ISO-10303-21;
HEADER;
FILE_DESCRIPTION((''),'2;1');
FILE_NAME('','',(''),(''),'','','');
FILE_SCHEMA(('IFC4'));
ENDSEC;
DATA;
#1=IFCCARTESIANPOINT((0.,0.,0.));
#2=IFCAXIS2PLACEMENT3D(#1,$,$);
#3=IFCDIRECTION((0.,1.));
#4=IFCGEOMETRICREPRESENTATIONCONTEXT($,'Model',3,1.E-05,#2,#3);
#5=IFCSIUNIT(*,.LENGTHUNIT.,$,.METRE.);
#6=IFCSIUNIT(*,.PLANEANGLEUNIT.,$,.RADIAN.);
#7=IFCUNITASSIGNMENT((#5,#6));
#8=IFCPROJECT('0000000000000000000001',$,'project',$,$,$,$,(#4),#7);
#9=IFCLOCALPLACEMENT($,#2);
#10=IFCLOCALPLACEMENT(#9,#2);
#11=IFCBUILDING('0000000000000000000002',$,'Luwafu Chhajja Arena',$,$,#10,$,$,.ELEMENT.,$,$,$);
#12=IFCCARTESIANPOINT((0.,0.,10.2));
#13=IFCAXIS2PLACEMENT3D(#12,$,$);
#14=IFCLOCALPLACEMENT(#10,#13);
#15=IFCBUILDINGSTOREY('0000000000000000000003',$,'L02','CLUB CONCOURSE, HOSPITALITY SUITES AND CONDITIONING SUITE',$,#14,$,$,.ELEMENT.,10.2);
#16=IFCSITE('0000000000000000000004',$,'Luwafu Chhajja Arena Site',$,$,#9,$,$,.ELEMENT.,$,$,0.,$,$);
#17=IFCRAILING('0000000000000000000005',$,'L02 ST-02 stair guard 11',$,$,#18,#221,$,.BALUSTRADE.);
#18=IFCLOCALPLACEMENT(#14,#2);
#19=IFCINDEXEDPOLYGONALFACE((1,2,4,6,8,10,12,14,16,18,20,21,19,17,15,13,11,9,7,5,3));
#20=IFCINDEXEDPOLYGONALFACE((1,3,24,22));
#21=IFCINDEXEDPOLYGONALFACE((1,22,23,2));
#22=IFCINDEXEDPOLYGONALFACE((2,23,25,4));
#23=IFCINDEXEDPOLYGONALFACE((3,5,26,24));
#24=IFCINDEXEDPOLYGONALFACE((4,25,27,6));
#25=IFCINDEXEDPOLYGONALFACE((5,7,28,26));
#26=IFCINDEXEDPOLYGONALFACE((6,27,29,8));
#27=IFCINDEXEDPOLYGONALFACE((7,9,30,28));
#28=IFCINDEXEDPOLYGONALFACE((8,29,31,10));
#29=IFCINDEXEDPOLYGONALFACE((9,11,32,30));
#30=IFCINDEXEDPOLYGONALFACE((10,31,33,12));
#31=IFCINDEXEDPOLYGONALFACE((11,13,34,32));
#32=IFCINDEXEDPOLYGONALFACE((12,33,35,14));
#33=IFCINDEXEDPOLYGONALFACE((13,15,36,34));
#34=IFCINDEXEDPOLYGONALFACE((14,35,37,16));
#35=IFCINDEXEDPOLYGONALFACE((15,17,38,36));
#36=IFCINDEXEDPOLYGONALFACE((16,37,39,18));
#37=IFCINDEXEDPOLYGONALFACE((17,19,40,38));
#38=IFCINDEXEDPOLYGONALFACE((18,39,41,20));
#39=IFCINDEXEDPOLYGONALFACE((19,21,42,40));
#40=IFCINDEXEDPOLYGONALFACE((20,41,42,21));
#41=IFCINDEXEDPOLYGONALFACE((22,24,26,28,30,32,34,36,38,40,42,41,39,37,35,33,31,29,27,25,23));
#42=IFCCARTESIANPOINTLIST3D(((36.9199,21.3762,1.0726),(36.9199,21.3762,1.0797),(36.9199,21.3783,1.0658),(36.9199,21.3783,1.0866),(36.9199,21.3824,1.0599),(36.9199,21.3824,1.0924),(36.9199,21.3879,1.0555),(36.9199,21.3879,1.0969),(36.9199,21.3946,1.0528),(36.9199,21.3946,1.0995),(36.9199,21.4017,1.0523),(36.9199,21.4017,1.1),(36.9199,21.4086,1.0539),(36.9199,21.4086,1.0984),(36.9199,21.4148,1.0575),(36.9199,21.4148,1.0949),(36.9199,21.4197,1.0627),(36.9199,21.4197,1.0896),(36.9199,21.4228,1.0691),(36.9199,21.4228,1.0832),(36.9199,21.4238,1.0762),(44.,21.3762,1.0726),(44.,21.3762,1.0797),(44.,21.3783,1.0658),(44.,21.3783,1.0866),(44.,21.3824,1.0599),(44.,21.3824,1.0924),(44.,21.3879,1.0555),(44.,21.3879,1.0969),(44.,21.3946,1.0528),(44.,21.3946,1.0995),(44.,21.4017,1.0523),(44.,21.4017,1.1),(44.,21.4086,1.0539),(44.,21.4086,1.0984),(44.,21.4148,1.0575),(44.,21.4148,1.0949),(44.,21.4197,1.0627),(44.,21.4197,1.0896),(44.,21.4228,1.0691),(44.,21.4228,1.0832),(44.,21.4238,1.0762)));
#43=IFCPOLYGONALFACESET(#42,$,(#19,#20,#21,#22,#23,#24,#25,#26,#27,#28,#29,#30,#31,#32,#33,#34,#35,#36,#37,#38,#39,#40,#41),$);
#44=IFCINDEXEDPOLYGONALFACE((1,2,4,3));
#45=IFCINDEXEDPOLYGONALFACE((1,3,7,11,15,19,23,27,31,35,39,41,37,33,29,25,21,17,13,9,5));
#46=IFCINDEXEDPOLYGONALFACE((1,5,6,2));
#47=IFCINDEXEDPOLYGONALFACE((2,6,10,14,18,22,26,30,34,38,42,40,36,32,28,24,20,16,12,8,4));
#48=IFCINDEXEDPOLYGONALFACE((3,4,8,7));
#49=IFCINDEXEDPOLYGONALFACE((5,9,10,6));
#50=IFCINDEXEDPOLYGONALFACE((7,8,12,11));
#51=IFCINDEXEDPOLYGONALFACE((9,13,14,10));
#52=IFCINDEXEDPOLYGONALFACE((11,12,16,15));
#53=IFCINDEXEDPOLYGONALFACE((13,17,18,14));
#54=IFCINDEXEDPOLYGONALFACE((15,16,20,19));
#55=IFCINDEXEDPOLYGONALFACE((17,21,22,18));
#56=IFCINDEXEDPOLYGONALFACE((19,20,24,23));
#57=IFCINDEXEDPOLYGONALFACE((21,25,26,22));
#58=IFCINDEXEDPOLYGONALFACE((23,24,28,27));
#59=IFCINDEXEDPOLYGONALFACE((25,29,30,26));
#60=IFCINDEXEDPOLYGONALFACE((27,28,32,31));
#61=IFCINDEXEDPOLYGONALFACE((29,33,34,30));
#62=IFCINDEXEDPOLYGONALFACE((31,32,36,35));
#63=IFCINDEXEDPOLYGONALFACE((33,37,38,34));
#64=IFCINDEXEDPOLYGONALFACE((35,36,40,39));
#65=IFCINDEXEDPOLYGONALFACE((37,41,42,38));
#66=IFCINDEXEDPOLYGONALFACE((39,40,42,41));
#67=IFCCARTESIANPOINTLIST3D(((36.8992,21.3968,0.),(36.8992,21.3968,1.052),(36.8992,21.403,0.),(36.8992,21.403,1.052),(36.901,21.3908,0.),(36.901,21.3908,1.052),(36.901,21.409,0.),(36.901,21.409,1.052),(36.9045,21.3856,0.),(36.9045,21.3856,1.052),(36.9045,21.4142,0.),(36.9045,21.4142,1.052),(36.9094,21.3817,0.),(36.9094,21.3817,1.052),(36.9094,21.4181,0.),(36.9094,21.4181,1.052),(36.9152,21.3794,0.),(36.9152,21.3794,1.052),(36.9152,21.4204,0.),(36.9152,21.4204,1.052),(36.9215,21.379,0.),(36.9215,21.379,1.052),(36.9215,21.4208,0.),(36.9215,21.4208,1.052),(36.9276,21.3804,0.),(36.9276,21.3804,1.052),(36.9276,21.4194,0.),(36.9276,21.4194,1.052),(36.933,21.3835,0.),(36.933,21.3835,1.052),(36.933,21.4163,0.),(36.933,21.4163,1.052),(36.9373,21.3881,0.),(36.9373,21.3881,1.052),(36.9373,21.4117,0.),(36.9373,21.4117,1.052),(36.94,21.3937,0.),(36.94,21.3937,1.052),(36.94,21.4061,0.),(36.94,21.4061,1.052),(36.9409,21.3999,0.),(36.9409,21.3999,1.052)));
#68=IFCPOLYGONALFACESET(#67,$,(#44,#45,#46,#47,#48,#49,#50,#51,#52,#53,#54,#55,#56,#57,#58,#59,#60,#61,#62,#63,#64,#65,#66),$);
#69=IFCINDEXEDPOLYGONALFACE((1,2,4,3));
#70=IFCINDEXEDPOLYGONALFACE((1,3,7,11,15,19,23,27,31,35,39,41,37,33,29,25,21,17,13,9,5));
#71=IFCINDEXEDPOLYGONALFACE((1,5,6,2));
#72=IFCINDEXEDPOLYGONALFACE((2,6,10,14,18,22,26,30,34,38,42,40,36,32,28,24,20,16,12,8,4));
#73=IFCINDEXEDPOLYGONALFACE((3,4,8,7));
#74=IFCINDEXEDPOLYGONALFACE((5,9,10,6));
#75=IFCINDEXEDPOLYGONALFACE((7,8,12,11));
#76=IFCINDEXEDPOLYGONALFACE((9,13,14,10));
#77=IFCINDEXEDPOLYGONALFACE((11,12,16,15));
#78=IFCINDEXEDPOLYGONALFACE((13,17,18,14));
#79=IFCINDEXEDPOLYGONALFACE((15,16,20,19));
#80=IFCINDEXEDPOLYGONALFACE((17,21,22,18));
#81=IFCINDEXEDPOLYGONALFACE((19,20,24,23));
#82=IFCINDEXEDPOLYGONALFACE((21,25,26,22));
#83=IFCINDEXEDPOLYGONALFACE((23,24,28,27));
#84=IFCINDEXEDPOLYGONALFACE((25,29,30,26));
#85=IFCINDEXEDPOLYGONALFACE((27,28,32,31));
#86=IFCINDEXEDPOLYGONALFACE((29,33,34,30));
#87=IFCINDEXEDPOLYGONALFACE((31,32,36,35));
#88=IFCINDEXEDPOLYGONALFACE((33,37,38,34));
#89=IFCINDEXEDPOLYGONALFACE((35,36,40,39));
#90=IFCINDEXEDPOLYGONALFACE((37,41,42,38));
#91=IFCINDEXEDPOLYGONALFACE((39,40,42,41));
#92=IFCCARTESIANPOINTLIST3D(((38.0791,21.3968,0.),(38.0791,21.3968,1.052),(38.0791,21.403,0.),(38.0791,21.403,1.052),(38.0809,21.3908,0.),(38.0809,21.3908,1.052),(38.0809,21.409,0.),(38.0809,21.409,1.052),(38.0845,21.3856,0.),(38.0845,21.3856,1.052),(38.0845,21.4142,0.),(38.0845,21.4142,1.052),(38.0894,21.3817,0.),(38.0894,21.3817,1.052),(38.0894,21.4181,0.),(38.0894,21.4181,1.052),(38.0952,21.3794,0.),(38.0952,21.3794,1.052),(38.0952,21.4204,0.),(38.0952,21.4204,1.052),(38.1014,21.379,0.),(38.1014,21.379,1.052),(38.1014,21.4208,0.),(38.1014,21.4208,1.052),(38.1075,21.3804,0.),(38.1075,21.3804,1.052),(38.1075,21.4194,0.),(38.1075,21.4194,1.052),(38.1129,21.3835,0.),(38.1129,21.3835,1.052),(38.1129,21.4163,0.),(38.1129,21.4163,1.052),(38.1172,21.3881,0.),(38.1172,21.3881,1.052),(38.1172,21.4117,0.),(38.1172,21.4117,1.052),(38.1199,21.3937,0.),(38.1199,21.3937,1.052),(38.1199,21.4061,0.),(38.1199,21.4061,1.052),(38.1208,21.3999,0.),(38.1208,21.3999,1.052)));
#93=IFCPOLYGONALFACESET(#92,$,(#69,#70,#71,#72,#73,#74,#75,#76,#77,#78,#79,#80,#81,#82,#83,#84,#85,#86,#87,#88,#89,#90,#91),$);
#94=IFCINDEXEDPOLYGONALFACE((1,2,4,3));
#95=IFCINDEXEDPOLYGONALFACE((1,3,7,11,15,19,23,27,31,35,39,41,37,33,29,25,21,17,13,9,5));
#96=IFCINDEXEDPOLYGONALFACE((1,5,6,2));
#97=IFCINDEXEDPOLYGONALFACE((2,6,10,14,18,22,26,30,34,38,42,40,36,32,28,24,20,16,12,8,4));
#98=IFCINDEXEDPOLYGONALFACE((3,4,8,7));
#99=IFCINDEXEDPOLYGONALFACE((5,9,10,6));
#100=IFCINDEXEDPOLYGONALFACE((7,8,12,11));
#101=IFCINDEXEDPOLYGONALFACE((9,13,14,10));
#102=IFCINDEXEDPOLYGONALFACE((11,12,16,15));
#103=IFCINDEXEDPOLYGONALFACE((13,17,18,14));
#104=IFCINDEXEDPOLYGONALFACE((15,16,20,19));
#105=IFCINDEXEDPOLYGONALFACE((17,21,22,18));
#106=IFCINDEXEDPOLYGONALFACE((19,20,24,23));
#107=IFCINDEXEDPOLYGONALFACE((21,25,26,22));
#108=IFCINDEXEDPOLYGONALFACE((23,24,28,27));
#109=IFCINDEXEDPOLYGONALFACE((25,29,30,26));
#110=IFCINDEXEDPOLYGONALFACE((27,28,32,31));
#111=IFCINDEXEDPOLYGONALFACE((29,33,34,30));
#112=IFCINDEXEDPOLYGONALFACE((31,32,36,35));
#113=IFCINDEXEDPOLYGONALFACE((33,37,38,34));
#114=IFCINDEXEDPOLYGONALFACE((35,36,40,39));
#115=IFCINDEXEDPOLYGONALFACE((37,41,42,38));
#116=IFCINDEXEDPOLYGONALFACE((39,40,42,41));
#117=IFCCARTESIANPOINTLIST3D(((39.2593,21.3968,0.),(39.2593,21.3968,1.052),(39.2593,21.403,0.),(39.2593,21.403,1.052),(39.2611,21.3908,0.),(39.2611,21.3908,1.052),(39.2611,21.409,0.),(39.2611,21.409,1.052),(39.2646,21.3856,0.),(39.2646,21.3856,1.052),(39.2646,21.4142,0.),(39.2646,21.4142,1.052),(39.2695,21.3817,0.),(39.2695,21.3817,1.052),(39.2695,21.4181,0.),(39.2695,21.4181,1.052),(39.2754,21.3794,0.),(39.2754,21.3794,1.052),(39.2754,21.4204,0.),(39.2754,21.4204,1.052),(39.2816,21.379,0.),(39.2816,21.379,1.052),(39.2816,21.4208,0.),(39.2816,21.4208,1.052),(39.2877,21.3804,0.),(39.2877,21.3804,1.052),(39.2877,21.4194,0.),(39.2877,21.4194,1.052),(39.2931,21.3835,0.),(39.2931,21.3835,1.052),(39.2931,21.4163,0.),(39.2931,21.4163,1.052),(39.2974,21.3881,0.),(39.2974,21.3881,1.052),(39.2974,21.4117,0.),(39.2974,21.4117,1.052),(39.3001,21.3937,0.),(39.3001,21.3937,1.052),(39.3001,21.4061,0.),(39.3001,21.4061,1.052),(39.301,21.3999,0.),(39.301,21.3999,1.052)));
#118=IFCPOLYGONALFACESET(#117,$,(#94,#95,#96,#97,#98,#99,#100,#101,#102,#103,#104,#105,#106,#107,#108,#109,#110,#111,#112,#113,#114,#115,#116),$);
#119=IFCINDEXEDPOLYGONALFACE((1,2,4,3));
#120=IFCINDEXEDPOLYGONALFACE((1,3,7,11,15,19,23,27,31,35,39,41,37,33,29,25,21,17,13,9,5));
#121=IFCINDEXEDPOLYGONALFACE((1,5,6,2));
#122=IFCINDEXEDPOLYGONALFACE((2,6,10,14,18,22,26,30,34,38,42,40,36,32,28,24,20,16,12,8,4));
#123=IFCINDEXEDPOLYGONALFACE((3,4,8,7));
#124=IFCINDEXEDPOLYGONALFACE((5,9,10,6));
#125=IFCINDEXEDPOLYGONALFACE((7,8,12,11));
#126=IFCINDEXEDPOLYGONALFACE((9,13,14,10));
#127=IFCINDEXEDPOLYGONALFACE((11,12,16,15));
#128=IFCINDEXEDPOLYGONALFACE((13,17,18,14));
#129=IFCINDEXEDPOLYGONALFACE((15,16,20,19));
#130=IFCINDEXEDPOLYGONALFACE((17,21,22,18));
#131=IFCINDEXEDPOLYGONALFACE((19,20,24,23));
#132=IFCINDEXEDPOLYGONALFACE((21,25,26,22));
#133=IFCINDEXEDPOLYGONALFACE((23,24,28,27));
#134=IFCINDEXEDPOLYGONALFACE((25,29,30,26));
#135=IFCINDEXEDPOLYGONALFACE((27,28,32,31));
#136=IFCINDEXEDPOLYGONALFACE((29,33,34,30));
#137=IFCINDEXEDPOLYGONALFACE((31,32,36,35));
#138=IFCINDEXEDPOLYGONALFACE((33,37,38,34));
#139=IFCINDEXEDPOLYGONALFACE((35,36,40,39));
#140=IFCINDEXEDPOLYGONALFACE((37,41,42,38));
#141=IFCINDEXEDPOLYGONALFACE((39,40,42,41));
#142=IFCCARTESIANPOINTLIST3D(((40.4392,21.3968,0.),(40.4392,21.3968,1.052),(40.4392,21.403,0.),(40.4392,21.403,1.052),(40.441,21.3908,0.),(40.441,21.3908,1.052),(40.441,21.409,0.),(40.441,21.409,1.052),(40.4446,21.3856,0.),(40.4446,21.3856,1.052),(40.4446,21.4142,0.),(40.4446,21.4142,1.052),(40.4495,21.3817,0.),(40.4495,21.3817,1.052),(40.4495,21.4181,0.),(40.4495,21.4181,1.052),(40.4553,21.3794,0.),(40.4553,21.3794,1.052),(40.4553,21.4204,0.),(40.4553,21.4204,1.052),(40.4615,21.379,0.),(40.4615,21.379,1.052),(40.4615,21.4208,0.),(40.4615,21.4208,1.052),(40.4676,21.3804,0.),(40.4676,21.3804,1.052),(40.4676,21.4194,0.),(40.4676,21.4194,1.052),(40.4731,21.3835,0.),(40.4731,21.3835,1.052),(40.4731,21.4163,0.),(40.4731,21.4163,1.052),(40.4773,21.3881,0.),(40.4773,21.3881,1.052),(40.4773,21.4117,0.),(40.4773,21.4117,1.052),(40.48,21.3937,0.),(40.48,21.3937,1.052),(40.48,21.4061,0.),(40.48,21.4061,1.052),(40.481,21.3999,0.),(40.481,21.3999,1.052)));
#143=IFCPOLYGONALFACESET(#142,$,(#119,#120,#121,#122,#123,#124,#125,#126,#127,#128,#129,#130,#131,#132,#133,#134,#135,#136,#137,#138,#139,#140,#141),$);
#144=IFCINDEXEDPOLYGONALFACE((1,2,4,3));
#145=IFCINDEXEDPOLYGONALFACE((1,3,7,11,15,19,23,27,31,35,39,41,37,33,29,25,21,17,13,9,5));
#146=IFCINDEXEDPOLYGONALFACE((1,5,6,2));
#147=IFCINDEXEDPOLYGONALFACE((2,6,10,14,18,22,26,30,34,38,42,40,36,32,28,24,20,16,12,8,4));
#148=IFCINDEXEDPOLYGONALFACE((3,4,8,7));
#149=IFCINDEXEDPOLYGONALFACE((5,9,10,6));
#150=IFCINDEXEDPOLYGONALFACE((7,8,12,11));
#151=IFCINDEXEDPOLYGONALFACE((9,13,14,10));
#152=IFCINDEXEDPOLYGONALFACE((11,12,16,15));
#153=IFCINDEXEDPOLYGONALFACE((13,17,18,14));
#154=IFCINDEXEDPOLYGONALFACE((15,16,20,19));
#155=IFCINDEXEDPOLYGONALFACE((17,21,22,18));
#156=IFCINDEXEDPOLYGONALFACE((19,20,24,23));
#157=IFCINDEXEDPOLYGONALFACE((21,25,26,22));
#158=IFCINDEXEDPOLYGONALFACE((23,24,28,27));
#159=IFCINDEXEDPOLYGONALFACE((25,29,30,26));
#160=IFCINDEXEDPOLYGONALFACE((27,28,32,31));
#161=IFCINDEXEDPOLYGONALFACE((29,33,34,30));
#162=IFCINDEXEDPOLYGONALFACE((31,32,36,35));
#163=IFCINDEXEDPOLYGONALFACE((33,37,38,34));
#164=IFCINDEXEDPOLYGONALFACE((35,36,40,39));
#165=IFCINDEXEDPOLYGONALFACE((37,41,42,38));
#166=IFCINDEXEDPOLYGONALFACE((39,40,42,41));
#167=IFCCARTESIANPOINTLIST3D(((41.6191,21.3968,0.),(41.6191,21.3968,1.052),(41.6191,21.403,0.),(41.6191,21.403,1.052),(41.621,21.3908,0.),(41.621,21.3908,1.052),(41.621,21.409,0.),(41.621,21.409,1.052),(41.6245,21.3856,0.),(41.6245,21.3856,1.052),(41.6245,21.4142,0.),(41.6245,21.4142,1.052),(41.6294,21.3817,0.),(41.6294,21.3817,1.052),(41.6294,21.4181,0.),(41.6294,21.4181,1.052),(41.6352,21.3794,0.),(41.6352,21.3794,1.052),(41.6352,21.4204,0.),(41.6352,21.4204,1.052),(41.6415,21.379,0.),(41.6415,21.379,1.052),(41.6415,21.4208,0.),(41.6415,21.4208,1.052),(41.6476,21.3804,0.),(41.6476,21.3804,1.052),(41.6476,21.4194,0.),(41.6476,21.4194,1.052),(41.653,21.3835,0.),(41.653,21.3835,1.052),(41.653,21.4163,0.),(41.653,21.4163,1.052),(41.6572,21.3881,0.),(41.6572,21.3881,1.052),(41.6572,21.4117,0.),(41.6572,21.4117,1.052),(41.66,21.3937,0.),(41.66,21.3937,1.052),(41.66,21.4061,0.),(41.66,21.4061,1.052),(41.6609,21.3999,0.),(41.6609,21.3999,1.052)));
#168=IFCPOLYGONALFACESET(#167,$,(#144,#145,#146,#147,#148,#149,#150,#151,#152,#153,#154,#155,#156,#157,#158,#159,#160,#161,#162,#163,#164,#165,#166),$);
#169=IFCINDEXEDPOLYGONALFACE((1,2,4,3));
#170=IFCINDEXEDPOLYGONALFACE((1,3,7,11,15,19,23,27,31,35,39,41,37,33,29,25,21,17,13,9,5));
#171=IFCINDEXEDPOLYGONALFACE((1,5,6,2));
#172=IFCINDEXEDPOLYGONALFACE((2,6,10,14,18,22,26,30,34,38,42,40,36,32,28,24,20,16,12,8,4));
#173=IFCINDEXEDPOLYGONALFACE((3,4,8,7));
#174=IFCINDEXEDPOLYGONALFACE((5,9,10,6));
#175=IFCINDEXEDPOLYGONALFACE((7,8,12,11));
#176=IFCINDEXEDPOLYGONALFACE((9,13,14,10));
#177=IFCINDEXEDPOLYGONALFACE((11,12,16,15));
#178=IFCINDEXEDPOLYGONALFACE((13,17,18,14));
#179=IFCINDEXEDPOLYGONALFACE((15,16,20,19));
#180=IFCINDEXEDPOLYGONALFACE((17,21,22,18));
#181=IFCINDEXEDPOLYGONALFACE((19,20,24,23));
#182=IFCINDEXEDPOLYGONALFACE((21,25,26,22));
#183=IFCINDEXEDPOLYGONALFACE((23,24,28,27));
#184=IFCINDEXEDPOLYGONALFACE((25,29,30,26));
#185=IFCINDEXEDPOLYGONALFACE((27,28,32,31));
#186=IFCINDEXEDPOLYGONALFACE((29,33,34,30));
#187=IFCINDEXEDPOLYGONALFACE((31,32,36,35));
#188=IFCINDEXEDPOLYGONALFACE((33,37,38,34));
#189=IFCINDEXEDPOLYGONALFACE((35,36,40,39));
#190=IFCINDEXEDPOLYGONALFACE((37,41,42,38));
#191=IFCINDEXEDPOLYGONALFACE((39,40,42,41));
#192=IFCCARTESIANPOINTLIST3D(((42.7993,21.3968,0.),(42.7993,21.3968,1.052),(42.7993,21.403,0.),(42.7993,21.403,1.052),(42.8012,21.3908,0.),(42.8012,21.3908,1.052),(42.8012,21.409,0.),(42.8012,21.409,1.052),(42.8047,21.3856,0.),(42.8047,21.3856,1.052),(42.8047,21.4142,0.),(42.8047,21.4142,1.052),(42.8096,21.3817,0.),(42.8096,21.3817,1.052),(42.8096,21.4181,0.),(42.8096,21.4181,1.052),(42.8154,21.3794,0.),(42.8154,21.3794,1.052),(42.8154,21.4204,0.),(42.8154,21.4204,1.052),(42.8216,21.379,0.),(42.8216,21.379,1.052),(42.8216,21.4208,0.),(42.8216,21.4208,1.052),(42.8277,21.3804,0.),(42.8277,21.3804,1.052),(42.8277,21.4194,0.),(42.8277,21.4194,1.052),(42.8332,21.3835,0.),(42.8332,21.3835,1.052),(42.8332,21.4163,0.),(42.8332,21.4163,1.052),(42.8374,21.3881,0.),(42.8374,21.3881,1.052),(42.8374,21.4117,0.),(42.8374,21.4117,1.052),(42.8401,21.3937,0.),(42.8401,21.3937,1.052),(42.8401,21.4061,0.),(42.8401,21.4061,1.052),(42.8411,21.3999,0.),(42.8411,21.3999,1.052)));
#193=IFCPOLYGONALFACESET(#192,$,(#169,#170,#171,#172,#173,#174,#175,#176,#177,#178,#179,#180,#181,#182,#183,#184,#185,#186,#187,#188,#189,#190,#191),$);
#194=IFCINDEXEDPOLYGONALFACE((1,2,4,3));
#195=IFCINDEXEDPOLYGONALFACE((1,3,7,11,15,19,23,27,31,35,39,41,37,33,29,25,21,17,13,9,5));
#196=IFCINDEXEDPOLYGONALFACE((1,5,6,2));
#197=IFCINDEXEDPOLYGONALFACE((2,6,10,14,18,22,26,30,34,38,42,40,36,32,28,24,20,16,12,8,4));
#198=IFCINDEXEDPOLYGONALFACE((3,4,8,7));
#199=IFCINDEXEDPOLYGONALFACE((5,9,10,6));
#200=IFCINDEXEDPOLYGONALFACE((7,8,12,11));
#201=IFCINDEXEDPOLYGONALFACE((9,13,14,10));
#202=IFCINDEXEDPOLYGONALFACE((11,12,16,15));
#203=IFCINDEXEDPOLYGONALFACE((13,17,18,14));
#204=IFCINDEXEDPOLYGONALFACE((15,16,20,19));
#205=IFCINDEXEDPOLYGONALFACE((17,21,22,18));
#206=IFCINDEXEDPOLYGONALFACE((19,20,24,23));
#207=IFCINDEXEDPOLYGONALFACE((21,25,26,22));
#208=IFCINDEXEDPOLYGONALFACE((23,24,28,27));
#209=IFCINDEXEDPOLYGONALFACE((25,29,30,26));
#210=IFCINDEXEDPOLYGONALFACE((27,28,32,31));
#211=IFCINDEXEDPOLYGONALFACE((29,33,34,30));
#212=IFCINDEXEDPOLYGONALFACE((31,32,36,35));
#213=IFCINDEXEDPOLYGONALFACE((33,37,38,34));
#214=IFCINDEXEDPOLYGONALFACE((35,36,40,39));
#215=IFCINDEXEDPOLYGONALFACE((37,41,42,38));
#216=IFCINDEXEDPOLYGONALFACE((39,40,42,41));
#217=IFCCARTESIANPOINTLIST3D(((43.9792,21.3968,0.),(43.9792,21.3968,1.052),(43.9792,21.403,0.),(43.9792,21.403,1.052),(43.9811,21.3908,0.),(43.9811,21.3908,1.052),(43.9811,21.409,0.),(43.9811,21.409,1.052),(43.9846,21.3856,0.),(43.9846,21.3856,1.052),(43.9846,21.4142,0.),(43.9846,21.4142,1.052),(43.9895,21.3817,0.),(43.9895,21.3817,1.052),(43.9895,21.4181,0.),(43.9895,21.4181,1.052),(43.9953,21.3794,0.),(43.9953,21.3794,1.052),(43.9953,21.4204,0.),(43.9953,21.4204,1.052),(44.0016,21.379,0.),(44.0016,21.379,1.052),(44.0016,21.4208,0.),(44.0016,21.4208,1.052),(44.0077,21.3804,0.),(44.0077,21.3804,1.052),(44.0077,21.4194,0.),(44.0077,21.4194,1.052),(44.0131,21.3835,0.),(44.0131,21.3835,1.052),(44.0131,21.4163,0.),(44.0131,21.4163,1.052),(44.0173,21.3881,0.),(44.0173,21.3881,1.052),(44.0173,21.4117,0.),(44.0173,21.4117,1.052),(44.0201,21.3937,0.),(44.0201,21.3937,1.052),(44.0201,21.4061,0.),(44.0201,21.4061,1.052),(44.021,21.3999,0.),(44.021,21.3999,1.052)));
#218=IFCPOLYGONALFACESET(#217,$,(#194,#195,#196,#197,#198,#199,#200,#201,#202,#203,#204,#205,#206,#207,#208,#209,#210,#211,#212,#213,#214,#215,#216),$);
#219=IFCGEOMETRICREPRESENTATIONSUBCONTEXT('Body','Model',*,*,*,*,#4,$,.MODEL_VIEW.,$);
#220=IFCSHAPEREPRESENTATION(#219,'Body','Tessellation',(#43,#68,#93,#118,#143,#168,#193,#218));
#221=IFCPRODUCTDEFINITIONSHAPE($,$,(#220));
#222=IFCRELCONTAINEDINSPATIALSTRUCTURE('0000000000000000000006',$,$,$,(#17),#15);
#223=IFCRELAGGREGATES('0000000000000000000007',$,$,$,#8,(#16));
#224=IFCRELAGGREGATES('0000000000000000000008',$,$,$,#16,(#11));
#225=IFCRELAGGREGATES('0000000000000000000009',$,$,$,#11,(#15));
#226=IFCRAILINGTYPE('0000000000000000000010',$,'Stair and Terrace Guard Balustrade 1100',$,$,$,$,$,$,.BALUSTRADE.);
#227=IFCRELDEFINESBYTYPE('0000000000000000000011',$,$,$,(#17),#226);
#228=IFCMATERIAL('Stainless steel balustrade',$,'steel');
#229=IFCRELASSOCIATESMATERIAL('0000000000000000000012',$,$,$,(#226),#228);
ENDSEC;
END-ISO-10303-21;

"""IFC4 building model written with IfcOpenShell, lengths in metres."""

from ifc_helpers import new_model, si_unit, direction, frame, origin, origin_2d, place, context, subcontext, project, spatial, circle, extrude, material, type_object, element, save


model = new_model("IFC4")

# Units and contexts
model_context = context("Model", 3, precision=1e-05, world=origin(), true_north=direction((0.0, 1.0)))
body_context = subcontext(model_context, "Body", "Model", "MODEL_VIEW")
ifc_project = project(units=[si_unit("LENGTHUNIT", "METRE"), si_unit("PLANEANGLEUNIT", "RADIAN")], contexts=[model_context])

# Site, building, storey
site_placement = place(None, origin())
site = spatial("IfcSite", under=ifc_project, at=site_placement, Name="Luwafu Chhajja Arena Site", CompositionType="ELEMENT", RefElevation=0.0)
building_placement = place(site_placement, origin())
building = spatial("IfcBuilding", under=site, at=building_placement, Name="Luwafu Chhajja Arena", CompositionType="ELEMENT")
storey_placement = place(building_placement, frame((0.0, 0.0, 10.2)))
storey = spatial("IfcBuildingStorey", under=building, at=storey_placement, Name="L02", Description="CLUB CONCOURSE, HOSPITALITY SUITES AND CONDITIONING SUITE", CompositionType="ELEMENT", Elevation=10.2)

# Railing
ifc_material_1 = material(Name="Stainless steel balustrade", Category="steel")
railing_type_1 = type_object("IfcRailingType", Name="Stair and Terrace Guard Balustrade 1100", PredefinedType="BALUSTRADE", material=ifc_material_1)
railing_1_placement = place(storey_placement, frame((36.9199, 21.3999, 0.0)))
element("IfcRailing", 1, at=railing_1_placement, inside=storey, type_object=railing_type_1, Name="L02 ST-02 stair guard 11", PredefinedType="BALUSTRADE", context=body_context, shape_type="SweptSolid", body=[
    extrude(circle(Radius=0.0239, at=origin_2d()), frame((0.0, 0.0, 1.0762), z_axis=(1.0, 0.0, 0.0), x_axis=(0.0, 1.0, 0.0)), (0.0, 0.0, 1.0), 7.0801),
    extrude(circle(Radius=0.021, at=origin_2d()), origin(), (0.0, 0.0, 1.0), 1.052),
    extrude(circle(Radius=0.021, at=origin_2d()), frame((1.1799, 0.0, 0.0)), (0.0, 0.0, 1.0), 1.052),
    extrude(circle(Radius=0.021, at=origin_2d()), frame((2.3601, 0.0, 0.0)), (0.0, 0.0, 1.0), 1.052),
    extrude(circle(Radius=0.021, at=origin_2d()), frame((3.54, 0.0, 0.0)), (0.0, 0.0, 1.0), 1.052),
    extrude(circle(Radius=0.021, at=origin_2d()), frame((4.72, 0.0, 0.0)), (0.0, 0.0, 1.0), 1.052),
    extrude(circle(Radius=0.021, at=origin_2d()), frame((5.9001, 0.0, 0.0)), (0.0, 0.0, 1.0), 1.052),
    extrude(circle(Radius=0.021, at=origin_2d()), frame((7.0801, 0.0, 0.0)), (0.0, 0.0, 1.0), 1.052),
])

save(model, "model.ifc")
